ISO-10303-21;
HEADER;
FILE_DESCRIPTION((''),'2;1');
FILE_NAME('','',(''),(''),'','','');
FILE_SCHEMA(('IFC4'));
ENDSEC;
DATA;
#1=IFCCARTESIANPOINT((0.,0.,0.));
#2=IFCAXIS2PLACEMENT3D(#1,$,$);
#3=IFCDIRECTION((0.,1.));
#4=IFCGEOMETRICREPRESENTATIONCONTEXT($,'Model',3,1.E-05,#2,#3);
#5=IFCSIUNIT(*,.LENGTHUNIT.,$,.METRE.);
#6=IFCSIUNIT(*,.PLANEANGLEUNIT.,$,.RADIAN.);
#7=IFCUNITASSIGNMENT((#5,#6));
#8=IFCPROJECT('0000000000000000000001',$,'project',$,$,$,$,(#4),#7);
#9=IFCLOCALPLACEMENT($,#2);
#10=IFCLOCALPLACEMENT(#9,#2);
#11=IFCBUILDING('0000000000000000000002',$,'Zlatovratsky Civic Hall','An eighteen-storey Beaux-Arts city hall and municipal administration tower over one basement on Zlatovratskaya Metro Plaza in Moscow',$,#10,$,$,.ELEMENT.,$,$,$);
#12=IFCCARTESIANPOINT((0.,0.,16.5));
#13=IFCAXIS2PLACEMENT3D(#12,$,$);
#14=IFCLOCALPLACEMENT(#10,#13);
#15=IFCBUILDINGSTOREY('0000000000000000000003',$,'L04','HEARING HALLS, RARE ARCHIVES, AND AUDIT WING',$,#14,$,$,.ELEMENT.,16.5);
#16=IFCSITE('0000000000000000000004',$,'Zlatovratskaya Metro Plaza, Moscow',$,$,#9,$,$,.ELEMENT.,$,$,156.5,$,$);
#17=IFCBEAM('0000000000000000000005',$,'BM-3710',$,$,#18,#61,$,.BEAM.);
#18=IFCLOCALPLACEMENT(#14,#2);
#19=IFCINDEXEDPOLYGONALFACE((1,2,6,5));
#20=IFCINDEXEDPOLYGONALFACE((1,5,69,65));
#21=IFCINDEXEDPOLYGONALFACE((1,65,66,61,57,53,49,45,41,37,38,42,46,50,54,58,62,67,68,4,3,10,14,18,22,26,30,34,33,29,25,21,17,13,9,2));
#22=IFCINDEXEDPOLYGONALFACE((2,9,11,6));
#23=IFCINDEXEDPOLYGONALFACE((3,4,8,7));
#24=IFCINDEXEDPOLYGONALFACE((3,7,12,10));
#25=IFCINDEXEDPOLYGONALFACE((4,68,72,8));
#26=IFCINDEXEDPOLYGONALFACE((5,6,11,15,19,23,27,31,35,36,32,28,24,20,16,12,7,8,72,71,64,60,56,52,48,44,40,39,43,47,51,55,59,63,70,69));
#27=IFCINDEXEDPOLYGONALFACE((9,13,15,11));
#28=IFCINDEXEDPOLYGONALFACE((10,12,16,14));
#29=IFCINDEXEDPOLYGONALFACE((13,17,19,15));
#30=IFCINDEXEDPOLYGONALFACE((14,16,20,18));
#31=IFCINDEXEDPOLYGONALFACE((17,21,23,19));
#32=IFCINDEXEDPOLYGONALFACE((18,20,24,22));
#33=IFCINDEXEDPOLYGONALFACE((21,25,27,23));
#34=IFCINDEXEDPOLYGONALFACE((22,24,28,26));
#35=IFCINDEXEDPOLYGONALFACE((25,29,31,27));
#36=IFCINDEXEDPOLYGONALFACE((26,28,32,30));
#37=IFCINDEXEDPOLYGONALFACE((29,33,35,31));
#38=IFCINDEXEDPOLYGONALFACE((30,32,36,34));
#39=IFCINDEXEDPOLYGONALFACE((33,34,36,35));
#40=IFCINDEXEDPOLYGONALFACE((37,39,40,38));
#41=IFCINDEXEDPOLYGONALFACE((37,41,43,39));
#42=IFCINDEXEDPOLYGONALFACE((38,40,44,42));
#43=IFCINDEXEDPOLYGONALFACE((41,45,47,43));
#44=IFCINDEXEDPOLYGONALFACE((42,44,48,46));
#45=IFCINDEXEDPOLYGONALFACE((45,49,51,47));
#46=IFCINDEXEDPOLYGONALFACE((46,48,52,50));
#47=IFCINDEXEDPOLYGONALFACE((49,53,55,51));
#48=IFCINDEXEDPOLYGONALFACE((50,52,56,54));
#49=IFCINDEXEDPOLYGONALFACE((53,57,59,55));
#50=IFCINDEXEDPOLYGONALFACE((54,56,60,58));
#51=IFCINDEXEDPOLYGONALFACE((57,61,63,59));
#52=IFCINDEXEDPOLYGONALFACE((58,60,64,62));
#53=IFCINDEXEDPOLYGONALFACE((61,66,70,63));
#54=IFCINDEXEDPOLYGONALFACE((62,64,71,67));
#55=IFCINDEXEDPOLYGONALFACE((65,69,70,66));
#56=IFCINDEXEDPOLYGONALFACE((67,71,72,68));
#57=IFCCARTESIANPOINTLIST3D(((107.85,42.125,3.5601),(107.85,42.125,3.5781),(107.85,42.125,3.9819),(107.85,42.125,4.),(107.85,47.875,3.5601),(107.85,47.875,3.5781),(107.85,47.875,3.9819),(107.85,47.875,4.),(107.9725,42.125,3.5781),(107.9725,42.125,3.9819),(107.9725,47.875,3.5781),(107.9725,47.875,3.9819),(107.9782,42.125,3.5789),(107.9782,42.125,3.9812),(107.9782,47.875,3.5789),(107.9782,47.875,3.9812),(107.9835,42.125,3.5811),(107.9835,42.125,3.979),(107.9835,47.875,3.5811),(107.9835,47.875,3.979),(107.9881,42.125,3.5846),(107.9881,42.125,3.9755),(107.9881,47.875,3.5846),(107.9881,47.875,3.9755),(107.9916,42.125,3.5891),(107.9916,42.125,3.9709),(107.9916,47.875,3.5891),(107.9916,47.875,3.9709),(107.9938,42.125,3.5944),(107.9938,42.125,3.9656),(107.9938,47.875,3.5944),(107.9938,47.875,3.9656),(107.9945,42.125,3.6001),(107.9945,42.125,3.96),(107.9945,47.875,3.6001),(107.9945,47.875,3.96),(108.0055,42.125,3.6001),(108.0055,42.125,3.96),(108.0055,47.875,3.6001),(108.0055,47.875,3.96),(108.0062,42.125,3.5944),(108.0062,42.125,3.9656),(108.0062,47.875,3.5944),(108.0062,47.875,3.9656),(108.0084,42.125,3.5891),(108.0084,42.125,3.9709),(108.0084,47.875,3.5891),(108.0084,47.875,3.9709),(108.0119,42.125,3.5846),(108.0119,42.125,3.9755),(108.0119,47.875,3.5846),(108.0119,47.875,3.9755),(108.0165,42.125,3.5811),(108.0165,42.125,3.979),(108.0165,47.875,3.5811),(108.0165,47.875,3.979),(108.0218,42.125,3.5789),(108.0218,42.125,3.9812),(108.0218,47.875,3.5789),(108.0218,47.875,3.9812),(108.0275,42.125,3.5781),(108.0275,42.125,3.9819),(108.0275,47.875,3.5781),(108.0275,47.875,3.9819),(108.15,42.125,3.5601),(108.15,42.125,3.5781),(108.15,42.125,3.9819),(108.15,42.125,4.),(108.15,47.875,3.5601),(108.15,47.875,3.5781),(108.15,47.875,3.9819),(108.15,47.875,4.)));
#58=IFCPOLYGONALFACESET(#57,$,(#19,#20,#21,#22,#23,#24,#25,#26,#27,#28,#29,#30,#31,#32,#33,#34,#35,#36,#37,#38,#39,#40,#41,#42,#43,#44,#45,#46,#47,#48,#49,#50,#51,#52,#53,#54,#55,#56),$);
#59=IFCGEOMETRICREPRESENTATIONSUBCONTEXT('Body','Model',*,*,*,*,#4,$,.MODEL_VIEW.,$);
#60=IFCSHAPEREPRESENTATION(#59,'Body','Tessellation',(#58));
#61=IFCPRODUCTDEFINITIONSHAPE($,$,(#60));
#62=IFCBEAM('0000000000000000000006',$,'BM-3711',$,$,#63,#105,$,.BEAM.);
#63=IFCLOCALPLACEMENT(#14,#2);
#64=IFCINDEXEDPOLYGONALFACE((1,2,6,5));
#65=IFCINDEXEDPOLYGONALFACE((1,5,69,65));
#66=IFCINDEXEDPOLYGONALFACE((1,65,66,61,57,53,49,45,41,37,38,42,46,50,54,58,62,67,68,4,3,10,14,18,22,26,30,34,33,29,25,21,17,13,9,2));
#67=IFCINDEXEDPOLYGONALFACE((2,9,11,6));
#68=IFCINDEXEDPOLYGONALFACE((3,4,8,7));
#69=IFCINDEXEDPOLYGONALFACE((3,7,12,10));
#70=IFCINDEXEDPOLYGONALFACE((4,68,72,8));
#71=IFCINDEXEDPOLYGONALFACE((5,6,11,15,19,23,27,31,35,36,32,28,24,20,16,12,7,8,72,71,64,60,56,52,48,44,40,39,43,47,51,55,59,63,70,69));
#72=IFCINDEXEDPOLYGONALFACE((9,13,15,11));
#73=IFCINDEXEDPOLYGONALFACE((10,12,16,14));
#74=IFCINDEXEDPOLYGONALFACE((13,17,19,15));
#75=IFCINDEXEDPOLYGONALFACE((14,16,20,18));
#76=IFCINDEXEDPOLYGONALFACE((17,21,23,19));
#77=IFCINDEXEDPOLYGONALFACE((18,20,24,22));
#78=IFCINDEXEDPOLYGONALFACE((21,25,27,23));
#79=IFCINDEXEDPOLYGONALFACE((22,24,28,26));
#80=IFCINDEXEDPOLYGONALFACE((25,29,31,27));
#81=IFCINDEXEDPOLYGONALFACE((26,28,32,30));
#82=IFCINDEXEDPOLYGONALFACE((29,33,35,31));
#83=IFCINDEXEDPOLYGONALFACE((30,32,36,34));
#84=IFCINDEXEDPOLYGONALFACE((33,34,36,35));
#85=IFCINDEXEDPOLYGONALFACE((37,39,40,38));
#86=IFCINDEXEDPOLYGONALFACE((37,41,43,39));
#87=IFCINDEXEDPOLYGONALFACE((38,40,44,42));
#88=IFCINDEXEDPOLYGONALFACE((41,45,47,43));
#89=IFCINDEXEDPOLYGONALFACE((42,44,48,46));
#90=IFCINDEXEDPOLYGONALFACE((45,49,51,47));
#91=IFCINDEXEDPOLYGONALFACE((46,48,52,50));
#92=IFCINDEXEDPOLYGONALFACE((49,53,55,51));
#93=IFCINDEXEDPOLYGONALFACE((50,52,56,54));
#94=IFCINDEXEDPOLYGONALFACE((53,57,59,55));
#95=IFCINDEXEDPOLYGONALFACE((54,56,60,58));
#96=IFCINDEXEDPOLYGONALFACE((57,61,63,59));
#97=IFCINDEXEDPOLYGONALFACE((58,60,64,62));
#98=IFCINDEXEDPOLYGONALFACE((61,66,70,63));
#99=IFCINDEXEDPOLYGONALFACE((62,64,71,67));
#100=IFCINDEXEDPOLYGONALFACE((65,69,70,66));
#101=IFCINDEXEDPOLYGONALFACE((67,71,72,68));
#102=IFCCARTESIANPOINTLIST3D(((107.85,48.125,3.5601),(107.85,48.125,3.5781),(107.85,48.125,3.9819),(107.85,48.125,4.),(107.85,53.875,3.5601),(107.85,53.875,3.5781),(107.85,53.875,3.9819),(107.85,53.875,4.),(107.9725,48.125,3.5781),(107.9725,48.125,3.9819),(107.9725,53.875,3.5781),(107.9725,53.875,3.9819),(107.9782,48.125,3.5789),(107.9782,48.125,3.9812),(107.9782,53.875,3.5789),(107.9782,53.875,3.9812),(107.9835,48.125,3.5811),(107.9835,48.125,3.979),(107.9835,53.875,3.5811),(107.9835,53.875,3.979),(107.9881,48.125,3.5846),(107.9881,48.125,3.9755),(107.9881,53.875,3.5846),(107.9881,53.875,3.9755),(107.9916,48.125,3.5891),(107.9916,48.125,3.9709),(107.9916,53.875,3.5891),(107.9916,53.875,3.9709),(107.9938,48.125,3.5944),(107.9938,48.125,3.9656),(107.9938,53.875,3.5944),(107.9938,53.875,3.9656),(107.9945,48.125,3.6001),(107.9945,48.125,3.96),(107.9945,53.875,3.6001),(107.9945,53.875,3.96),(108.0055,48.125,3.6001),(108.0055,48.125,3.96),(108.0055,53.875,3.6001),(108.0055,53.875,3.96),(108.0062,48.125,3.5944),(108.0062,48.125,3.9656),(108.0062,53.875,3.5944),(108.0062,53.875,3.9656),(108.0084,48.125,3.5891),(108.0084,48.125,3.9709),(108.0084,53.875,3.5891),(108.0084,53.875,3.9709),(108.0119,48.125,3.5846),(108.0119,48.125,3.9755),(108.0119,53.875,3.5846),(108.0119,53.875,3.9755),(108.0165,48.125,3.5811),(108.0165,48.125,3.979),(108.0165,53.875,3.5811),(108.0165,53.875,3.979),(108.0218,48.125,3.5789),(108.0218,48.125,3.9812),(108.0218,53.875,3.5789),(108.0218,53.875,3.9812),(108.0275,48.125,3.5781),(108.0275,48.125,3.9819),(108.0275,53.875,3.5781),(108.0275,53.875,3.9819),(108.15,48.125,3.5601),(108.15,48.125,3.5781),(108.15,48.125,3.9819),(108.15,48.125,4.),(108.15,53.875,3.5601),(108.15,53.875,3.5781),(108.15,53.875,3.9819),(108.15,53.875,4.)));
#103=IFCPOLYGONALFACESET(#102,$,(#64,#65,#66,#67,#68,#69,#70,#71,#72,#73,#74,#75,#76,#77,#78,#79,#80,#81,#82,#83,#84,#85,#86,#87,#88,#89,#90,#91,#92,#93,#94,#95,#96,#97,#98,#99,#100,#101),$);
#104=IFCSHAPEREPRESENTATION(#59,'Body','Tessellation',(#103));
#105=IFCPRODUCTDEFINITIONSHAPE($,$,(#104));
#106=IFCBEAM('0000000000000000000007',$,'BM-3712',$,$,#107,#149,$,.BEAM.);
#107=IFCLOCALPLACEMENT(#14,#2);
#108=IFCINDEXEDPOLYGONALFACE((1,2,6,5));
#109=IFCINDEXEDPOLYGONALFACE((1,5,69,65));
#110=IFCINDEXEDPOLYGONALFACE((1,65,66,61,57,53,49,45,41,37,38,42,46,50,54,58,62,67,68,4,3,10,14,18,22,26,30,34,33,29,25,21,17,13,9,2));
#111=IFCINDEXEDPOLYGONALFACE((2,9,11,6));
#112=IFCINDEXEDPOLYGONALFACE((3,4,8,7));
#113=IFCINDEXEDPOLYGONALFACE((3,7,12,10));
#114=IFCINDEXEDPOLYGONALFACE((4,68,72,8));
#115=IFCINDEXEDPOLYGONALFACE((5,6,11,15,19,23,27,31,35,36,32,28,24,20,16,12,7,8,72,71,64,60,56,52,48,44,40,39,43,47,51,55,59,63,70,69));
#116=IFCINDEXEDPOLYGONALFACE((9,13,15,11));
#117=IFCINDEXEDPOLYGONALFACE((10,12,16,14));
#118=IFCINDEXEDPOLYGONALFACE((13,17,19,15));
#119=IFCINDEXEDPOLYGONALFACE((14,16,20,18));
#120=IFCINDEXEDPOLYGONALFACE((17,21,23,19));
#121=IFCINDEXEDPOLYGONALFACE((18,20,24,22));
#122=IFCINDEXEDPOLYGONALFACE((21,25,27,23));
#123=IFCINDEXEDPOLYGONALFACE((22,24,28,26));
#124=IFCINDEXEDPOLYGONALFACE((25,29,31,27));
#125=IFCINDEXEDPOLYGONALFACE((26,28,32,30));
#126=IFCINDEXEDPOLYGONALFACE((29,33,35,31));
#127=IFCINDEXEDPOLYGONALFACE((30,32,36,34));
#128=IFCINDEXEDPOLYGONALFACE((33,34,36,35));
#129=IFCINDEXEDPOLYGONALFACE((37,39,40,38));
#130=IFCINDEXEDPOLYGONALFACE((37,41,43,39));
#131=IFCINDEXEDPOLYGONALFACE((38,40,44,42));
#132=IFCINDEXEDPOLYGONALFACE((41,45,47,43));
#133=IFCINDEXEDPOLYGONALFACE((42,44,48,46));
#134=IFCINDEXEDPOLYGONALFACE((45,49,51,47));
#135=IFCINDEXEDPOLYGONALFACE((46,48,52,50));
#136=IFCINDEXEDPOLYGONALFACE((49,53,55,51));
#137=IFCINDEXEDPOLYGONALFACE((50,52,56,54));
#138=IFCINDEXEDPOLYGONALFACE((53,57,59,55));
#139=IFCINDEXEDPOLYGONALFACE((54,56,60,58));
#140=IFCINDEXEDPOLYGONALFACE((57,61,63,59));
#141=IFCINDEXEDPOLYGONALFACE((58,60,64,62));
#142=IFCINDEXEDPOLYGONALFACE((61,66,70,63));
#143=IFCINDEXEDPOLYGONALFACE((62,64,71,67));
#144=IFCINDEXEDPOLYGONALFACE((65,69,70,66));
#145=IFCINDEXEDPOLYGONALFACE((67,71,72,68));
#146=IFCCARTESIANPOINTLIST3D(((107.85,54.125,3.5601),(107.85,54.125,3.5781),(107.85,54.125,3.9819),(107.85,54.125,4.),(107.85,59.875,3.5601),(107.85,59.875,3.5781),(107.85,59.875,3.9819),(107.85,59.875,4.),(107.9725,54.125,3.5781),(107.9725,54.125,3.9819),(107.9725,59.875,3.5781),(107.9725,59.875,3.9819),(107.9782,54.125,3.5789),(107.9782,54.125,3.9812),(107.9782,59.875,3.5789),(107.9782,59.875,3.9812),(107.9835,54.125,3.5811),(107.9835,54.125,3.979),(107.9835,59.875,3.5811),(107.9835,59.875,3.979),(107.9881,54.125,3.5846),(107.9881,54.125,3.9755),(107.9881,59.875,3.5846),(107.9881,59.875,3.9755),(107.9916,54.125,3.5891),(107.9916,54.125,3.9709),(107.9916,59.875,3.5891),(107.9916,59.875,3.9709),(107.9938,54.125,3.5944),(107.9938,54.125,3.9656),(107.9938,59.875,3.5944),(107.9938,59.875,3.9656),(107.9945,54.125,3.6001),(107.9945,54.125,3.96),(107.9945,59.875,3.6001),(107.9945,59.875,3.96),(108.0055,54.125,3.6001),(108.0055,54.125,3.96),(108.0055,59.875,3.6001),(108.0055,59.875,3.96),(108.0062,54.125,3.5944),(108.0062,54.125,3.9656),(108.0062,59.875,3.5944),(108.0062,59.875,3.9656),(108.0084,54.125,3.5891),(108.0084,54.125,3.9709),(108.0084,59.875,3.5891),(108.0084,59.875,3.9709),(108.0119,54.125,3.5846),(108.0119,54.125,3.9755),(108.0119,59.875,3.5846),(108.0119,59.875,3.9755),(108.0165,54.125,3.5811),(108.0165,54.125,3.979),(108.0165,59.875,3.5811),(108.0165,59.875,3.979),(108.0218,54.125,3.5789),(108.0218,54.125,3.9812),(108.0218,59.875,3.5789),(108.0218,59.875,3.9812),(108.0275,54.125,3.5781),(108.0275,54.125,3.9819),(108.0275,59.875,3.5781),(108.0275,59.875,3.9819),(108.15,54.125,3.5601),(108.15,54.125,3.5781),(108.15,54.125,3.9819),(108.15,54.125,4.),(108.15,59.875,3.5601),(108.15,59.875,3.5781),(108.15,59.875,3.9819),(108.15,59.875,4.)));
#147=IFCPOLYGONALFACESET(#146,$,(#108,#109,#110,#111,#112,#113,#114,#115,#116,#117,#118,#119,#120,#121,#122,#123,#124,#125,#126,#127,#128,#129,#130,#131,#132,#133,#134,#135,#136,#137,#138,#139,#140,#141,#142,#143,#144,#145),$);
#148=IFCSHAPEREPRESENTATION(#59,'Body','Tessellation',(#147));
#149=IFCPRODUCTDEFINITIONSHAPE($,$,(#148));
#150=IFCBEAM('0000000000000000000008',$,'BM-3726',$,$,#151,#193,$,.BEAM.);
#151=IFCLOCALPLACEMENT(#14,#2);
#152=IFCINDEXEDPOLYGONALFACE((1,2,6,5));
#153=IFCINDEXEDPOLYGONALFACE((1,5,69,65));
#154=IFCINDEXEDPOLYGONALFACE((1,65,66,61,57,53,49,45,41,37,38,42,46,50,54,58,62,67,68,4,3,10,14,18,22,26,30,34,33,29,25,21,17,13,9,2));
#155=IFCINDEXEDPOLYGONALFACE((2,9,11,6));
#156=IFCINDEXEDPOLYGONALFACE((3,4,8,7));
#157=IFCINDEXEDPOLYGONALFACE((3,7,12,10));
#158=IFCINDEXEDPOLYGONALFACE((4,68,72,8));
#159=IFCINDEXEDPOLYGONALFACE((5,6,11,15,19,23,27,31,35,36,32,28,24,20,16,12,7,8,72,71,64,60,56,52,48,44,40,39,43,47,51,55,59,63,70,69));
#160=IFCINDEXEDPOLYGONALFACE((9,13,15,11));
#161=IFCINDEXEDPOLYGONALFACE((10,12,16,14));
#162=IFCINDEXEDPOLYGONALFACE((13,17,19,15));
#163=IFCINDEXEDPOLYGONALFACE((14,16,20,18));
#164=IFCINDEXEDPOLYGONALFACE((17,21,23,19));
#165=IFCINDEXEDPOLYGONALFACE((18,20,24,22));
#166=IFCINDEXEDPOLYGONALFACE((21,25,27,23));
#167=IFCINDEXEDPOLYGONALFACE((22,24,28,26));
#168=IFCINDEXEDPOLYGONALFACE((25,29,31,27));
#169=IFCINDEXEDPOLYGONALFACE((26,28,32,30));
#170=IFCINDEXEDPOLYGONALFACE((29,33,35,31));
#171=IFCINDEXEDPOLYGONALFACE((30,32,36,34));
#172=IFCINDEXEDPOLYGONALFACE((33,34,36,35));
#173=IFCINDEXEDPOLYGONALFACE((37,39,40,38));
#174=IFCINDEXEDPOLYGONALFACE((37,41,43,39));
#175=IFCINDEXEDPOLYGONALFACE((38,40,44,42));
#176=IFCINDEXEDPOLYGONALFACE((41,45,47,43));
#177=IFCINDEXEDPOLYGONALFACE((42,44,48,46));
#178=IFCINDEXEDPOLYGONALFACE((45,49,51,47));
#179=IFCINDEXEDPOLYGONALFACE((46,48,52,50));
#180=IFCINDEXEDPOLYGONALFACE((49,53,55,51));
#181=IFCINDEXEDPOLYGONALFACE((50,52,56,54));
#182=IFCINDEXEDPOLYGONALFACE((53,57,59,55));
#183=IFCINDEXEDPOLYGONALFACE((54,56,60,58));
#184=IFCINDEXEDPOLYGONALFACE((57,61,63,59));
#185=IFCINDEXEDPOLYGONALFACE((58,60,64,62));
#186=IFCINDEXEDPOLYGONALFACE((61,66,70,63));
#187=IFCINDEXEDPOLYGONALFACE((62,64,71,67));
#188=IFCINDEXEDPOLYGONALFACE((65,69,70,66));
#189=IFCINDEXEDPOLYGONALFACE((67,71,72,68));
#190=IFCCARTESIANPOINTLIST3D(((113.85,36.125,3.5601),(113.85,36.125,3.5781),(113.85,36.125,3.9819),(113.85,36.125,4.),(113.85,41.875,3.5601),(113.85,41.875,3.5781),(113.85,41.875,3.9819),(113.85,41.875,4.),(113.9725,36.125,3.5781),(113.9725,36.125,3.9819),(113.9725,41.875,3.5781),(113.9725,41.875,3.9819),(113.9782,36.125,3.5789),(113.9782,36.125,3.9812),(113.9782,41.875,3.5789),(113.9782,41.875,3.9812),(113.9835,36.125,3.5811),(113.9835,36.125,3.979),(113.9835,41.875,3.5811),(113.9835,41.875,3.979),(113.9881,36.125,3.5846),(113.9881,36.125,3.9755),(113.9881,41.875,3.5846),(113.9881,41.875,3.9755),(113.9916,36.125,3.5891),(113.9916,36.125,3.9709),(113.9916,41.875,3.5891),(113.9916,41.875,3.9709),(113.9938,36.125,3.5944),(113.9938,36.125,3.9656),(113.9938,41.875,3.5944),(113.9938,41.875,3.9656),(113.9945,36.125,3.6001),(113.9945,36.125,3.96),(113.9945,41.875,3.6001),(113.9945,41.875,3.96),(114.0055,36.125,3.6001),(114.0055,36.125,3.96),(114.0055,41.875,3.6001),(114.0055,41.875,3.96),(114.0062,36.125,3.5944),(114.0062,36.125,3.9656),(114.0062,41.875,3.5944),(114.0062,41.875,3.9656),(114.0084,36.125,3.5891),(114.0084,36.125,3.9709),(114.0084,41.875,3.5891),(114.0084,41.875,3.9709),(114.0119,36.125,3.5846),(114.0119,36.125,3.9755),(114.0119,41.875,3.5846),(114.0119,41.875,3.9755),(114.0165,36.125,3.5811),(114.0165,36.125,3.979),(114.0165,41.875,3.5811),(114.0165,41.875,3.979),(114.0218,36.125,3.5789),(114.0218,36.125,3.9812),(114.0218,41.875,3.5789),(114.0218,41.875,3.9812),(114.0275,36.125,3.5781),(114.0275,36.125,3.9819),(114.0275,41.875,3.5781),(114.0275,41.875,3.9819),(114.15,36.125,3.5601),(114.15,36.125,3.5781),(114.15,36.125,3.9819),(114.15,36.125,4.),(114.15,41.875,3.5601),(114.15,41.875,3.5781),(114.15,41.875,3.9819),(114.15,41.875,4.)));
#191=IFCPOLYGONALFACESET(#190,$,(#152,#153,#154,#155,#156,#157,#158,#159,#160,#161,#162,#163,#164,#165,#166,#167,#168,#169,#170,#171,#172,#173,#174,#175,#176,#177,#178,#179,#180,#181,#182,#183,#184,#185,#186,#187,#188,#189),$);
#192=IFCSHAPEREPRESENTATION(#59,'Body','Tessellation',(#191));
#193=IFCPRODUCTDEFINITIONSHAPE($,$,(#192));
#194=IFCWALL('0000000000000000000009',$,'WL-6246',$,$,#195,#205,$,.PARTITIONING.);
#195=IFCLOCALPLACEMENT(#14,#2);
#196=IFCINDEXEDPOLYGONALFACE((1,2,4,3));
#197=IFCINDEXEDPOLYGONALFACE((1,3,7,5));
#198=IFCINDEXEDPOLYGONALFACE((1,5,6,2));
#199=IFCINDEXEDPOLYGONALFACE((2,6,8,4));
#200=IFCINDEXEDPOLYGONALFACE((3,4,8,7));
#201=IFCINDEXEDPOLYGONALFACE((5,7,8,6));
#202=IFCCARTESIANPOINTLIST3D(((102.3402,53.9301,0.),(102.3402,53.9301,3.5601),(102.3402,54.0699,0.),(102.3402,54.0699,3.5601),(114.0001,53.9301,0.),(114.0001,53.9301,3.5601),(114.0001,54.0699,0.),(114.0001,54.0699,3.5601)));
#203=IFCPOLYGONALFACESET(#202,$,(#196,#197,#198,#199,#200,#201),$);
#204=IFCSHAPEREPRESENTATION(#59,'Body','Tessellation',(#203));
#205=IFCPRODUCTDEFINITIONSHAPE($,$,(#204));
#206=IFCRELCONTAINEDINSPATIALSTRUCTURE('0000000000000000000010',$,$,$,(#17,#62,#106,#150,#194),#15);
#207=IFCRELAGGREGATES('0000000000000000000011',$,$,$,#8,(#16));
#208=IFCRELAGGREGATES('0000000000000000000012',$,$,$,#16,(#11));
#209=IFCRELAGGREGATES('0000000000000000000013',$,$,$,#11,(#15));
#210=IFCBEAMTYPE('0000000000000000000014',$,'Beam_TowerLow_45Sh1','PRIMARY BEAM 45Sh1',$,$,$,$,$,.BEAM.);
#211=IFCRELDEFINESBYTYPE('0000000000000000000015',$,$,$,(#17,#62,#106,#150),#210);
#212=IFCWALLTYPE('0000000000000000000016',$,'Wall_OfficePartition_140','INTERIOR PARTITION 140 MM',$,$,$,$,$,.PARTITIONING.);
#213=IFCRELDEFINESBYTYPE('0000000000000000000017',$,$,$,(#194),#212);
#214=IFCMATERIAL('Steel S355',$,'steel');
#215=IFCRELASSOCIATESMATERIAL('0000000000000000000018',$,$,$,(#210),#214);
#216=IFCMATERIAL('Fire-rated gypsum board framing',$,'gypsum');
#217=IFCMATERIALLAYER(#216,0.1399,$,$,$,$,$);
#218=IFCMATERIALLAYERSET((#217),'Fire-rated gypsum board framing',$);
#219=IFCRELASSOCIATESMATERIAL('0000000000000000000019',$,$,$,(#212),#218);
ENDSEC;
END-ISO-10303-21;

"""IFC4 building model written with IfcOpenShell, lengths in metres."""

from ifc_helpers import new_model, si_unit, direction, frame, frame_2d, origin, origin_2d, place, context, subcontext, project, spatial, rectangle, i_section, extrude, material, layer, layer_set, material_profile, profile_set, type_object, element, save


model = new_model("IFC4")

# Units and contexts
model_context = context("Model", 3, precision=1e-05, world=origin(), true_north=direction((0.0, 1.0)))
body_context = subcontext(model_context, "Body", "Model", "MODEL_VIEW")
ifc_project = project(units=[si_unit("LENGTHUNIT", "METRE"), si_unit("PLANEANGLEUNIT", "RADIAN")], contexts=[model_context])

# Site, building, storey
site_placement = place(None, origin())
site = spatial("IfcSite", under=ifc_project, at=site_placement, Name="Zlatovratskaya Metro Plaza, Moscow", CompositionType="ELEMENT", RefElevation=156.5)
building_placement = place(site_placement, origin())
building = spatial("IfcBuilding", under=site, at=building_placement, Name="Zlatovratsky Civic Hall", Description="An eighteen-storey Beaux-Arts city hall and municipal administration tower over one basement on Zlatovratskaya Metro Plaza in Moscow", CompositionType="ELEMENT")
storey_placement = place(building_placement, frame((0.0, 0.0, 16.5)))
storey = spatial("IfcBuildingStorey", under=building, at=storey_placement, Name="L04", Description="HEARING HALLS, RARE ARCHIVES, AND AUDIT WING", CompositionType="ELEMENT", Elevation=16.5)

# Shared definitions
ifc_material_1 = material(Name="Steel S355", Category="steel")

# Beams
ifc_material_profile_1 = material_profile(ifc_material_1, i_section(OverallWidth=0.3, OverallDepth=0.4399, WebThickness=0.011, FlangeThickness=0.0181, FilletRadius=0.022, at=origin_2d()), Name="45Sh1")
ifc_profile_set_1 = profile_set([ifc_material_profile_1], Name="Steel S355")
beam_type_1 = type_object("IfcBeamType", Name="Beam_TowerLow_45Sh1", Description="PRIMARY BEAM 45Sh1", PredefinedType="BEAM", material=ifc_profile_set_1)
for number, where, z_axis, x_axis, name in (
    (1, (108.0, 42.125, 3.78), (0.0, 1.0, 0.0), (-1.0, 0.0, 0.0), "BM-3710"),
    (2, (108.0, 48.125, 3.78), (0.0, 1.0, 0.0), (-1.0, 0.0, 0.0), "BM-3711"),
    (3, (108.0, 54.125, 3.78), (0.0, 1.0, 0.0), (-1.0, 0.0, 0.0), "BM-3712"),
    (4, (114.0, 36.125, 3.78), (0.0, 1.0, 0.0), (-1.0, 0.0, 0.0), "BM-3726"),
):
    element("IfcBeam", number, at=place(storey_placement, frame(where, z_axis=z_axis, x_axis=x_axis)), inside=storey, type_object=beam_type_1, Name=name, PredefinedType="BEAM", context=body_context, shape_type="SweptSolid", body=[
        extrude(i_section(OverallWidth=0.3, OverallDepth=0.4399, WebThickness=0.011, FlangeThickness=0.0181, FilletRadius=0.022, at=origin_2d()), origin(), (0.0, 0.0, 1.0), 5.75),
    ])

# Wall
ifc_material_2 = material(Name="Fire-rated gypsum board framing", Category="gypsum")
ifc_layer = layer(ifc_material_2, 0.1399)
ifc_layer_set = layer_set([ifc_layer], Name="Fire-rated gypsum board framing")
wall_type = type_object("IfcWallType", Name="Wall_OfficePartition_140", Description="INTERIOR PARTITION 140 MM", PredefinedType="PARTITIONING", material=ifc_layer_set)
wall_placement = place(storey_placement, frame((102.3401, 54.0, 0.0), z_axis=(0.0, 0.0, 1.0), x_axis=(1.0, 0.0, 0.0)))
element("IfcWall", 5, at=wall_placement, inside=storey, type_object=wall_type, Name="WL-6246", PredefinedType="PARTITIONING", context=body_context, shape_type="SweptSolid", body=[
    extrude(rectangle(XDim=11.6599, YDim=0.1399, at=frame_2d((5.8301, 0.0))), origin(), (0.0, 0.0, 1.0), 3.5601),
])

save(model, "model.ifc")
